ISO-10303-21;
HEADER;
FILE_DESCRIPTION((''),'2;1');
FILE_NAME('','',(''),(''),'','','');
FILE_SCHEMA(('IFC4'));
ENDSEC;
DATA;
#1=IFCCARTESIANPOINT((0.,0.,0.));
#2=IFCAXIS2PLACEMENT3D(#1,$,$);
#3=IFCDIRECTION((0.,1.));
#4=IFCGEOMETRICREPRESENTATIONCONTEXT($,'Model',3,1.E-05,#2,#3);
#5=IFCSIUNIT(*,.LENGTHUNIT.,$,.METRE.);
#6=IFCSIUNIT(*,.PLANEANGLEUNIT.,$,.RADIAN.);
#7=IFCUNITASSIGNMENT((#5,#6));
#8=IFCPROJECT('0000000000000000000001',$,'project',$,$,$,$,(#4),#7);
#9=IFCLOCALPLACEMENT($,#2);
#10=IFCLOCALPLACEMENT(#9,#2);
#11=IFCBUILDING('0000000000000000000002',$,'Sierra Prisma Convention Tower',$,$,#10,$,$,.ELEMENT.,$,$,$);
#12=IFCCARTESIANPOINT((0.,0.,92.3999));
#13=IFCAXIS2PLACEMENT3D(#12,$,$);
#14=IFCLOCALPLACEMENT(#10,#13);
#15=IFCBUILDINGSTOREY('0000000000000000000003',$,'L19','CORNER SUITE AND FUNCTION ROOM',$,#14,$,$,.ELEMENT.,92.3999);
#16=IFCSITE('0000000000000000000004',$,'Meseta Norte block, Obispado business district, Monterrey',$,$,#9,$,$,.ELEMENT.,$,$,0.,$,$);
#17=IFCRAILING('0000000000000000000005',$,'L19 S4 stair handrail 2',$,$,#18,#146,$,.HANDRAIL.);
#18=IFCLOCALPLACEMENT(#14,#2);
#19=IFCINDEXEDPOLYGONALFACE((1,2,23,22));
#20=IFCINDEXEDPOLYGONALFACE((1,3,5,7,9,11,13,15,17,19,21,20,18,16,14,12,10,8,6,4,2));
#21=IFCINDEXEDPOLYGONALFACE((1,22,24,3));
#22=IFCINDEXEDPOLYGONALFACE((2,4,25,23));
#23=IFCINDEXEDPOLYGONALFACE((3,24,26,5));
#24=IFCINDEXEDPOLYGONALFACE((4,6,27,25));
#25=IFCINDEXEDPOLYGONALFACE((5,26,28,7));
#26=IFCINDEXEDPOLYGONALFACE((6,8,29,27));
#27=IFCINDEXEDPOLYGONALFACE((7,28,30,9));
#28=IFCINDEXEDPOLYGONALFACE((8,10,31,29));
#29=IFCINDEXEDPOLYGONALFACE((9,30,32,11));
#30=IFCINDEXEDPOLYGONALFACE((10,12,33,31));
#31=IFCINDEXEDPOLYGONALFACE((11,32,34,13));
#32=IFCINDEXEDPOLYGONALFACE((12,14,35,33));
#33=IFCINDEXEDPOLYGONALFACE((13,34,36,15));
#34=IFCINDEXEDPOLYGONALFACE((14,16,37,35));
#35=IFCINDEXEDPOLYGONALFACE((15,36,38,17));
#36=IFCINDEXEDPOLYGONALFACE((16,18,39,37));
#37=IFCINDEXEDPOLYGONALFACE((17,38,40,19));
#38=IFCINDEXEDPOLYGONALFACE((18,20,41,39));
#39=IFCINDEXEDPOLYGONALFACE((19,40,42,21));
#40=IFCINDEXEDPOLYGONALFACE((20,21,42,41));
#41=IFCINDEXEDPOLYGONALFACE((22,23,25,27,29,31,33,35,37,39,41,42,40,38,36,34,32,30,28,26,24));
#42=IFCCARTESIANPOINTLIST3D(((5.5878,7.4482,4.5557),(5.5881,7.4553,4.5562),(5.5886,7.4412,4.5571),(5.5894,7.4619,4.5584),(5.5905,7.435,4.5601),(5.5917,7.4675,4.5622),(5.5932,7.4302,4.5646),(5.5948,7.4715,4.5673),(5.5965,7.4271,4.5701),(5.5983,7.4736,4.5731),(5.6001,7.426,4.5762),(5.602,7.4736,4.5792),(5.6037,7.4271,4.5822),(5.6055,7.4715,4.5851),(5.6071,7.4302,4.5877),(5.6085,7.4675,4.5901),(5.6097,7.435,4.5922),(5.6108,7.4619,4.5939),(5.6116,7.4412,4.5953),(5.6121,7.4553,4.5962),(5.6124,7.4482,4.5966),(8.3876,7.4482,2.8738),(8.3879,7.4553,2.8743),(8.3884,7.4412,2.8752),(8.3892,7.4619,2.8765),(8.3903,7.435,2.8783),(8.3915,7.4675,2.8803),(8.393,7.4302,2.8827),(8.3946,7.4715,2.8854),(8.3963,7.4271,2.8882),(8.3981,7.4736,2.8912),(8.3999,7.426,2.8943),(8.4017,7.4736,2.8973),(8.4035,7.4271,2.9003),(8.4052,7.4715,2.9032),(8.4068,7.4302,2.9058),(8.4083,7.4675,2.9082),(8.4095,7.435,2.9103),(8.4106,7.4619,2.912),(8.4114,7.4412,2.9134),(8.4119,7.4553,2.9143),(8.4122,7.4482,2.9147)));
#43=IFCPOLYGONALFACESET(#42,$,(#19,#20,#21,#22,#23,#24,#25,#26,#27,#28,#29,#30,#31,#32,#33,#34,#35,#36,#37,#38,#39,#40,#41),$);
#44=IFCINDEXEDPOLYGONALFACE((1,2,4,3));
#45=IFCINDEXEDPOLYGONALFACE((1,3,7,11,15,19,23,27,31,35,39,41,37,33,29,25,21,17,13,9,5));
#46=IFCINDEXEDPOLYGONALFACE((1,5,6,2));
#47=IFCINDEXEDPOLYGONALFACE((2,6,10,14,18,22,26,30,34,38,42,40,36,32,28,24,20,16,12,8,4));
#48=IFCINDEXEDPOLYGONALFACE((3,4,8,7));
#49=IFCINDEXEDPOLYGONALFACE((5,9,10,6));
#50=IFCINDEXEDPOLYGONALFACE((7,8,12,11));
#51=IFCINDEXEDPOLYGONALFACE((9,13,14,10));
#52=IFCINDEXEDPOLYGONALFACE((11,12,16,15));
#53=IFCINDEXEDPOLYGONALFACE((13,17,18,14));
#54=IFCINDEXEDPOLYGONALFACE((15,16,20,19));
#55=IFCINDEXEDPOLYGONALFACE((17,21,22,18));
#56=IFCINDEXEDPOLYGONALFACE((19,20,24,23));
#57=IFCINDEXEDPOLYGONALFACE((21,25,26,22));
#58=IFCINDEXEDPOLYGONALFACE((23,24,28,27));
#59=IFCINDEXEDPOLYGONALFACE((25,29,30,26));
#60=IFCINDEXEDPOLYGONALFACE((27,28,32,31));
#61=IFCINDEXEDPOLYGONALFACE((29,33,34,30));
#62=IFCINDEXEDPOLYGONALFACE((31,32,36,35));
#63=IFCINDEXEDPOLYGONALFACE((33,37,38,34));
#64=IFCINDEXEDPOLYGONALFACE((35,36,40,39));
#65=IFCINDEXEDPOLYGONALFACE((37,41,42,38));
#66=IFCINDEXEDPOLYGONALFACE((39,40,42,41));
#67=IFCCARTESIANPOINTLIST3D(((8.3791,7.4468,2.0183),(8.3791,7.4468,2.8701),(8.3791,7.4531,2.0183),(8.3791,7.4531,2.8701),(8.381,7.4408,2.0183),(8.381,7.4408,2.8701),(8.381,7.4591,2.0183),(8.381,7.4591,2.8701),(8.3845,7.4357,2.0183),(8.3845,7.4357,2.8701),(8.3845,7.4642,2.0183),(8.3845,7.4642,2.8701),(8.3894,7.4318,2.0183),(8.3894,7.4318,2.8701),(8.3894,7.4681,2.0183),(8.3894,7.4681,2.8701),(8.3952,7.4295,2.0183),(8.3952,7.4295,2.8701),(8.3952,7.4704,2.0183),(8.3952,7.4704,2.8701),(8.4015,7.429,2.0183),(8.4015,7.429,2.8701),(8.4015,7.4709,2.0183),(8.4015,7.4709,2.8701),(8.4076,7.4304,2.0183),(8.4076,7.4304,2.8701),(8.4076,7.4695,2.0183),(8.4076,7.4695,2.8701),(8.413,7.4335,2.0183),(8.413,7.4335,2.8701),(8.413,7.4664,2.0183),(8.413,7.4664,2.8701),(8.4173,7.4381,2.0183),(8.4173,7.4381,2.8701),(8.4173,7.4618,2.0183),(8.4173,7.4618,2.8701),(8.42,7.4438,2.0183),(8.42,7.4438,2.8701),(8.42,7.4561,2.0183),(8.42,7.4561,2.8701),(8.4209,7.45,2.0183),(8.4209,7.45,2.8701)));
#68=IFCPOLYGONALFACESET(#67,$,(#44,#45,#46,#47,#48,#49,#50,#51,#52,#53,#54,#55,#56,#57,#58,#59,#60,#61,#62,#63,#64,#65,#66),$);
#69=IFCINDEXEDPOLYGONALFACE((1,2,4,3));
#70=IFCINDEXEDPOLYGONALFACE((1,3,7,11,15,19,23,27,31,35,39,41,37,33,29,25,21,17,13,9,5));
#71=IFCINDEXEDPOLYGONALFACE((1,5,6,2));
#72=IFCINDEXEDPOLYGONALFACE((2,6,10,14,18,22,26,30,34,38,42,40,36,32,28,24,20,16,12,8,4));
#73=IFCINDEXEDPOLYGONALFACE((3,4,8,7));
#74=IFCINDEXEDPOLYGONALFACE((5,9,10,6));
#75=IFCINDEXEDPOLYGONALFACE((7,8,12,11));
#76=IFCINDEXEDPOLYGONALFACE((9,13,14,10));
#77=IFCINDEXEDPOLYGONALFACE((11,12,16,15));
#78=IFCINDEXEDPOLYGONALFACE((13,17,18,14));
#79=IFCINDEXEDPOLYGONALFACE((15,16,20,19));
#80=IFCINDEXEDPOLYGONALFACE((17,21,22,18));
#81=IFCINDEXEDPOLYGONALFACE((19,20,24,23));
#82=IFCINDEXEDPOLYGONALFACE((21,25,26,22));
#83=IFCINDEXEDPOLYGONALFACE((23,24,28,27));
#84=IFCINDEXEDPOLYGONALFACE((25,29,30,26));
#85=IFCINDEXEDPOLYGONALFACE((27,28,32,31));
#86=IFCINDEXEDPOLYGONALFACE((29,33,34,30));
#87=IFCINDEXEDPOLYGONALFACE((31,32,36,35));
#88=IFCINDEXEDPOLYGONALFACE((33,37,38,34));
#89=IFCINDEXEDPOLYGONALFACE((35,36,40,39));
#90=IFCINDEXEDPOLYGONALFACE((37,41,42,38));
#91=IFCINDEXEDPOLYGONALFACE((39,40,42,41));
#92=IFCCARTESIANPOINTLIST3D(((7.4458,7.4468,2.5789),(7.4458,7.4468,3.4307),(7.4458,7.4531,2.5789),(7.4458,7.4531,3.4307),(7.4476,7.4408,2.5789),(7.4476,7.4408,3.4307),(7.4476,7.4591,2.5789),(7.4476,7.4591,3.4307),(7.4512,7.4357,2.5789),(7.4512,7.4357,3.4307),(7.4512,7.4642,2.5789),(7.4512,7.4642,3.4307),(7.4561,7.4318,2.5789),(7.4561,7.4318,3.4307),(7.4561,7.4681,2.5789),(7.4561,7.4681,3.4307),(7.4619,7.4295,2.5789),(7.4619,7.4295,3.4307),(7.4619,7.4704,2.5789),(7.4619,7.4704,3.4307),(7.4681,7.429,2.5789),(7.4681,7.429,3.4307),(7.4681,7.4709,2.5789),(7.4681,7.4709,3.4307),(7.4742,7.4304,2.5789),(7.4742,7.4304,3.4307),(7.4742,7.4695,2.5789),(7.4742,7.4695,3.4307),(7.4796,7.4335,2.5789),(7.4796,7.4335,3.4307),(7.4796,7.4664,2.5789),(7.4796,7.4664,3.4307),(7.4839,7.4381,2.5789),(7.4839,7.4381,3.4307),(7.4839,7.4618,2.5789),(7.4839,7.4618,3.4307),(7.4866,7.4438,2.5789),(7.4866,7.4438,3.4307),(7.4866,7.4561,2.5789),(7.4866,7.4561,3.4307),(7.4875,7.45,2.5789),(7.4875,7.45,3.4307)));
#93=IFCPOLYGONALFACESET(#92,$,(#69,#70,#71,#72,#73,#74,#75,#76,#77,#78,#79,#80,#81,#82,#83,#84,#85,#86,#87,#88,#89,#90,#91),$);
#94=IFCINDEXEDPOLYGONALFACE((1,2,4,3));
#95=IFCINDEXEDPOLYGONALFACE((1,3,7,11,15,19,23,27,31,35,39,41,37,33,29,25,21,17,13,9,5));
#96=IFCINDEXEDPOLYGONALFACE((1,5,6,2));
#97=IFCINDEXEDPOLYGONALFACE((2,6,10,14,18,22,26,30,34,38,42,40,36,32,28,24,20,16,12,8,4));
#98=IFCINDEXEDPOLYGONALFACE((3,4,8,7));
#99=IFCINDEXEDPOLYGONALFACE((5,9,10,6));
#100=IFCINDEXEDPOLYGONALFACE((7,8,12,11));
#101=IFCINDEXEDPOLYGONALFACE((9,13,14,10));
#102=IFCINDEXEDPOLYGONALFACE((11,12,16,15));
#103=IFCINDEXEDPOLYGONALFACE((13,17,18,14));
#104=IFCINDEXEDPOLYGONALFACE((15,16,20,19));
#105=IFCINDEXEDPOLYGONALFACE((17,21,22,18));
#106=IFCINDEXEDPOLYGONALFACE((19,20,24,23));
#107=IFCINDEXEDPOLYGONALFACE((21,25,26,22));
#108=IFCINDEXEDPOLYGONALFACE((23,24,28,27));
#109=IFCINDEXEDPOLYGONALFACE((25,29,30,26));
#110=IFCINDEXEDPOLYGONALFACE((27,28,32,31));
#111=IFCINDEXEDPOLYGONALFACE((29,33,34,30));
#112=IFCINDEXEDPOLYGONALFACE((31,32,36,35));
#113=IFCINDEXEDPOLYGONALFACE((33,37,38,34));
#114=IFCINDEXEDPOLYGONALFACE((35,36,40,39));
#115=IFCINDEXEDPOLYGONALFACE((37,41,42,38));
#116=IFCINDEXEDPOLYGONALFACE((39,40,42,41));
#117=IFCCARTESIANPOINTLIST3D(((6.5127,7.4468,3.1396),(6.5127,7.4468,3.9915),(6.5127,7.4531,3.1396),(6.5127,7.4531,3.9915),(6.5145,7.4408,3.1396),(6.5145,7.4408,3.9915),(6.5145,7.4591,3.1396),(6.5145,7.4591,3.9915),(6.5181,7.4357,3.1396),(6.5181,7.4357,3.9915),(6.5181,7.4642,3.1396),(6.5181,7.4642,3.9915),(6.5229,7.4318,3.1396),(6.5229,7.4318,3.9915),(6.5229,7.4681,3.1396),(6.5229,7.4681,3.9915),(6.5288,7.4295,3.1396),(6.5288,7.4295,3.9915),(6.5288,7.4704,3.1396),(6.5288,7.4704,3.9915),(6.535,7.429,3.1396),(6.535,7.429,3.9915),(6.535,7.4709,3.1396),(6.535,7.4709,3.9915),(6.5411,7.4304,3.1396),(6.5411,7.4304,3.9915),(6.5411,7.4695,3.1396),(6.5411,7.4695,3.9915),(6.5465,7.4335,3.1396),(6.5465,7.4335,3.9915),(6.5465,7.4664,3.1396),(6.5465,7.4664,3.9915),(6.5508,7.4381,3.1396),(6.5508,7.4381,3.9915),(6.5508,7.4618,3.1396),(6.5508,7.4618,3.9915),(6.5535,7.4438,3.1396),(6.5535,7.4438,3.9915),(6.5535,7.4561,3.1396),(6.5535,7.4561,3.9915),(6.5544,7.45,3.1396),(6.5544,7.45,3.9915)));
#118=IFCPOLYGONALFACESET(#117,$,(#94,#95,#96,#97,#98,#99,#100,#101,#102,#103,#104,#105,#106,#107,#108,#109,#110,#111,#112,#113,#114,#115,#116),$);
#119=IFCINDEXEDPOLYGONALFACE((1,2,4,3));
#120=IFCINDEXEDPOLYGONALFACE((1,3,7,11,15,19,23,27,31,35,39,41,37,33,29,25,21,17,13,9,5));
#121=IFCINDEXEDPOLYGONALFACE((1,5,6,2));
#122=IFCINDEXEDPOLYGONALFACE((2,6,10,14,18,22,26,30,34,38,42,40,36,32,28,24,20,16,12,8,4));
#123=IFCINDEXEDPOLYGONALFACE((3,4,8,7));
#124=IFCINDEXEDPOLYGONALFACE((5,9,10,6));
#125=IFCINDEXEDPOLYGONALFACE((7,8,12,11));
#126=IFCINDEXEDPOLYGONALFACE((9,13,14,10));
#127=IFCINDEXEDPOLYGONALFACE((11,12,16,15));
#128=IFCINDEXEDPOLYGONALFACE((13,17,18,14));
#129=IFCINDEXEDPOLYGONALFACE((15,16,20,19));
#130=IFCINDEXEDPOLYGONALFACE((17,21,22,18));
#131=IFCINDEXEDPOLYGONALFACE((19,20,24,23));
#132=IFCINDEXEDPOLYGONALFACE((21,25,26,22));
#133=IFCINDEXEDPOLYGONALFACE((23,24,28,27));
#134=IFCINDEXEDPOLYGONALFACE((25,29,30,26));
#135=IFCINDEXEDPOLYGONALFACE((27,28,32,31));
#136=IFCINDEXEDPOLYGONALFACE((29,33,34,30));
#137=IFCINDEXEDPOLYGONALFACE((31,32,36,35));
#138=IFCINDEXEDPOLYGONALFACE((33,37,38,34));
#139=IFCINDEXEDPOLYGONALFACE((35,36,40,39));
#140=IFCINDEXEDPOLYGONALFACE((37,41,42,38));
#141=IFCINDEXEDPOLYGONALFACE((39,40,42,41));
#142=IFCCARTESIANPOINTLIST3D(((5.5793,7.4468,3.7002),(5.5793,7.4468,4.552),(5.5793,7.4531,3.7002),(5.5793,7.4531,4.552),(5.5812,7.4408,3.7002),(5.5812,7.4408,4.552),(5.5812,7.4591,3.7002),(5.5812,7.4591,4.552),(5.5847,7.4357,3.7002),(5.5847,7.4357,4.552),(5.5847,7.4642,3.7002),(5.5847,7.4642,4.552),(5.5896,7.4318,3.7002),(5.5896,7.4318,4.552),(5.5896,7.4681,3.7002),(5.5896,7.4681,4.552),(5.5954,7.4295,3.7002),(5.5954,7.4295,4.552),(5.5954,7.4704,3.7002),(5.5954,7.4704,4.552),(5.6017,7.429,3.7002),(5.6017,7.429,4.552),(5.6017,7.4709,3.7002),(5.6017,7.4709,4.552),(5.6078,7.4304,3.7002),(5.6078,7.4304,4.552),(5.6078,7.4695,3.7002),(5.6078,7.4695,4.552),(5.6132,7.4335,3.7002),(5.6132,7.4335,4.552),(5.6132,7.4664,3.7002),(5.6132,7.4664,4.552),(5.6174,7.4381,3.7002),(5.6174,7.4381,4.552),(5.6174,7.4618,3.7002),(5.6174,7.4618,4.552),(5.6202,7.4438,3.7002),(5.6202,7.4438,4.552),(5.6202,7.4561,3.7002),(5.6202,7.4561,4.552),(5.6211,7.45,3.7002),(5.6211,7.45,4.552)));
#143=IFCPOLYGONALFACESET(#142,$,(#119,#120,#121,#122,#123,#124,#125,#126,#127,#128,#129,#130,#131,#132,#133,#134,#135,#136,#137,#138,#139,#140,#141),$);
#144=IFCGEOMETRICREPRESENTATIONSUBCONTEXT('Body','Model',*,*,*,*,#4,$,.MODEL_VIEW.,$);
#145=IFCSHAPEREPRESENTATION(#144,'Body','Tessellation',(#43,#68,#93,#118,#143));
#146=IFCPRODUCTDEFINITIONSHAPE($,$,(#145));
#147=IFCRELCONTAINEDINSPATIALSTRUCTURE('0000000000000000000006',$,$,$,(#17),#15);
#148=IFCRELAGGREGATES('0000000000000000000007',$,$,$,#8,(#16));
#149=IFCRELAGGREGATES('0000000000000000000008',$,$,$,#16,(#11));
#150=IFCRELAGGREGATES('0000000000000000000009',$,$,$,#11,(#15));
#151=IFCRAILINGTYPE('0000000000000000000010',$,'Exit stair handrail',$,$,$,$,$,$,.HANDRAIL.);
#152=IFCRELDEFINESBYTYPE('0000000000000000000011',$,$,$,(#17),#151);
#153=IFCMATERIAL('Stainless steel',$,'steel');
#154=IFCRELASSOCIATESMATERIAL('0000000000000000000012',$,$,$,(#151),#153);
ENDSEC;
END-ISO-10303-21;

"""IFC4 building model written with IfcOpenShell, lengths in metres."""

from ifc_helpers import new_model, si_unit, direction, frame, origin, origin_2d, place, context, subcontext, project, spatial, circle, extrude, material, type_object, element, save


model = new_model("IFC4")

# Units and contexts
model_context = context("Model", 3, precision=1e-05, world=origin(), true_north=direction((0.0, 1.0)))
body_context = subcontext(model_context, "Body", "Model", "MODEL_VIEW")
ifc_project = project(units=[si_unit("LENGTHUNIT", "METRE"), si_unit("PLANEANGLEUNIT", "RADIAN")], contexts=[model_context])

# Site, building, storey
site_placement = place(None, origin())
site = spatial("IfcSite", under=ifc_project, at=site_placement, Name="Meseta Norte block, Obispado business district, Monterrey", CompositionType="ELEMENT", RefElevation=0.0)
building_placement = place(site_placement, origin())
building = spatial("IfcBuilding", under=site, at=building_placement, Name="Sierra Prisma Convention Tower", CompositionType="ELEMENT")
storey_placement = place(building_placement, frame((0.0, 0.0, 92.3999)))
storey = spatial("IfcBuildingStorey", under=building, at=storey_placement, Name="L19", Description="CORNER SUITE AND FUNCTION ROOM", CompositionType="ELEMENT", Elevation=92.3999)

# Railing
ifc_material_1 = material(Name="Stainless steel", Category="steel")
railing_type_1 = type_object("IfcRailingType", Name="Exit stair handrail", PredefinedType="HANDRAIL", material=ifc_material_1)
railing_1_placement = place(storey_placement, frame((8.3999, 7.45, 2.0183)))
element("IfcRailing", 1, at=railing_1_placement, inside=storey, type_object=railing_type_1, Name="L19 S4 stair handrail 2", PredefinedType="HANDRAIL", context=body_context, shape_type="SweptSolid", body=[
    extrude(circle(Radius=0.0239, at=origin_2d()), frame((0.0, 0.0, 0.876), z_axis=(-0.857222, 0.0, 0.514946), x_axis=(0.0, -1.0, 0.0)), (0.0, 0.0, 1.0), 3.2661),
    extrude(circle(Radius=0.021, at=origin_2d()), origin(), (0.0, 0.0, 1.0), 0.8518),
    extrude(circle(Radius=0.021, at=origin_2d()), frame((-0.9333, 0.0, 0.5605)), (0.0, 0.0, 1.0), 0.8518),
    extrude(circle(Radius=0.021, at=origin_2d()), frame((-1.8665, 0.0, 1.1213)), (0.0, 0.0, 1.0), 0.8518),
    extrude(circle(Radius=0.021, at=origin_2d()), frame((-2.7998, 0.0, 1.6819)), (0.0, 0.0, 1.0), 0.8518),
])

save(model, "model.ifc")
